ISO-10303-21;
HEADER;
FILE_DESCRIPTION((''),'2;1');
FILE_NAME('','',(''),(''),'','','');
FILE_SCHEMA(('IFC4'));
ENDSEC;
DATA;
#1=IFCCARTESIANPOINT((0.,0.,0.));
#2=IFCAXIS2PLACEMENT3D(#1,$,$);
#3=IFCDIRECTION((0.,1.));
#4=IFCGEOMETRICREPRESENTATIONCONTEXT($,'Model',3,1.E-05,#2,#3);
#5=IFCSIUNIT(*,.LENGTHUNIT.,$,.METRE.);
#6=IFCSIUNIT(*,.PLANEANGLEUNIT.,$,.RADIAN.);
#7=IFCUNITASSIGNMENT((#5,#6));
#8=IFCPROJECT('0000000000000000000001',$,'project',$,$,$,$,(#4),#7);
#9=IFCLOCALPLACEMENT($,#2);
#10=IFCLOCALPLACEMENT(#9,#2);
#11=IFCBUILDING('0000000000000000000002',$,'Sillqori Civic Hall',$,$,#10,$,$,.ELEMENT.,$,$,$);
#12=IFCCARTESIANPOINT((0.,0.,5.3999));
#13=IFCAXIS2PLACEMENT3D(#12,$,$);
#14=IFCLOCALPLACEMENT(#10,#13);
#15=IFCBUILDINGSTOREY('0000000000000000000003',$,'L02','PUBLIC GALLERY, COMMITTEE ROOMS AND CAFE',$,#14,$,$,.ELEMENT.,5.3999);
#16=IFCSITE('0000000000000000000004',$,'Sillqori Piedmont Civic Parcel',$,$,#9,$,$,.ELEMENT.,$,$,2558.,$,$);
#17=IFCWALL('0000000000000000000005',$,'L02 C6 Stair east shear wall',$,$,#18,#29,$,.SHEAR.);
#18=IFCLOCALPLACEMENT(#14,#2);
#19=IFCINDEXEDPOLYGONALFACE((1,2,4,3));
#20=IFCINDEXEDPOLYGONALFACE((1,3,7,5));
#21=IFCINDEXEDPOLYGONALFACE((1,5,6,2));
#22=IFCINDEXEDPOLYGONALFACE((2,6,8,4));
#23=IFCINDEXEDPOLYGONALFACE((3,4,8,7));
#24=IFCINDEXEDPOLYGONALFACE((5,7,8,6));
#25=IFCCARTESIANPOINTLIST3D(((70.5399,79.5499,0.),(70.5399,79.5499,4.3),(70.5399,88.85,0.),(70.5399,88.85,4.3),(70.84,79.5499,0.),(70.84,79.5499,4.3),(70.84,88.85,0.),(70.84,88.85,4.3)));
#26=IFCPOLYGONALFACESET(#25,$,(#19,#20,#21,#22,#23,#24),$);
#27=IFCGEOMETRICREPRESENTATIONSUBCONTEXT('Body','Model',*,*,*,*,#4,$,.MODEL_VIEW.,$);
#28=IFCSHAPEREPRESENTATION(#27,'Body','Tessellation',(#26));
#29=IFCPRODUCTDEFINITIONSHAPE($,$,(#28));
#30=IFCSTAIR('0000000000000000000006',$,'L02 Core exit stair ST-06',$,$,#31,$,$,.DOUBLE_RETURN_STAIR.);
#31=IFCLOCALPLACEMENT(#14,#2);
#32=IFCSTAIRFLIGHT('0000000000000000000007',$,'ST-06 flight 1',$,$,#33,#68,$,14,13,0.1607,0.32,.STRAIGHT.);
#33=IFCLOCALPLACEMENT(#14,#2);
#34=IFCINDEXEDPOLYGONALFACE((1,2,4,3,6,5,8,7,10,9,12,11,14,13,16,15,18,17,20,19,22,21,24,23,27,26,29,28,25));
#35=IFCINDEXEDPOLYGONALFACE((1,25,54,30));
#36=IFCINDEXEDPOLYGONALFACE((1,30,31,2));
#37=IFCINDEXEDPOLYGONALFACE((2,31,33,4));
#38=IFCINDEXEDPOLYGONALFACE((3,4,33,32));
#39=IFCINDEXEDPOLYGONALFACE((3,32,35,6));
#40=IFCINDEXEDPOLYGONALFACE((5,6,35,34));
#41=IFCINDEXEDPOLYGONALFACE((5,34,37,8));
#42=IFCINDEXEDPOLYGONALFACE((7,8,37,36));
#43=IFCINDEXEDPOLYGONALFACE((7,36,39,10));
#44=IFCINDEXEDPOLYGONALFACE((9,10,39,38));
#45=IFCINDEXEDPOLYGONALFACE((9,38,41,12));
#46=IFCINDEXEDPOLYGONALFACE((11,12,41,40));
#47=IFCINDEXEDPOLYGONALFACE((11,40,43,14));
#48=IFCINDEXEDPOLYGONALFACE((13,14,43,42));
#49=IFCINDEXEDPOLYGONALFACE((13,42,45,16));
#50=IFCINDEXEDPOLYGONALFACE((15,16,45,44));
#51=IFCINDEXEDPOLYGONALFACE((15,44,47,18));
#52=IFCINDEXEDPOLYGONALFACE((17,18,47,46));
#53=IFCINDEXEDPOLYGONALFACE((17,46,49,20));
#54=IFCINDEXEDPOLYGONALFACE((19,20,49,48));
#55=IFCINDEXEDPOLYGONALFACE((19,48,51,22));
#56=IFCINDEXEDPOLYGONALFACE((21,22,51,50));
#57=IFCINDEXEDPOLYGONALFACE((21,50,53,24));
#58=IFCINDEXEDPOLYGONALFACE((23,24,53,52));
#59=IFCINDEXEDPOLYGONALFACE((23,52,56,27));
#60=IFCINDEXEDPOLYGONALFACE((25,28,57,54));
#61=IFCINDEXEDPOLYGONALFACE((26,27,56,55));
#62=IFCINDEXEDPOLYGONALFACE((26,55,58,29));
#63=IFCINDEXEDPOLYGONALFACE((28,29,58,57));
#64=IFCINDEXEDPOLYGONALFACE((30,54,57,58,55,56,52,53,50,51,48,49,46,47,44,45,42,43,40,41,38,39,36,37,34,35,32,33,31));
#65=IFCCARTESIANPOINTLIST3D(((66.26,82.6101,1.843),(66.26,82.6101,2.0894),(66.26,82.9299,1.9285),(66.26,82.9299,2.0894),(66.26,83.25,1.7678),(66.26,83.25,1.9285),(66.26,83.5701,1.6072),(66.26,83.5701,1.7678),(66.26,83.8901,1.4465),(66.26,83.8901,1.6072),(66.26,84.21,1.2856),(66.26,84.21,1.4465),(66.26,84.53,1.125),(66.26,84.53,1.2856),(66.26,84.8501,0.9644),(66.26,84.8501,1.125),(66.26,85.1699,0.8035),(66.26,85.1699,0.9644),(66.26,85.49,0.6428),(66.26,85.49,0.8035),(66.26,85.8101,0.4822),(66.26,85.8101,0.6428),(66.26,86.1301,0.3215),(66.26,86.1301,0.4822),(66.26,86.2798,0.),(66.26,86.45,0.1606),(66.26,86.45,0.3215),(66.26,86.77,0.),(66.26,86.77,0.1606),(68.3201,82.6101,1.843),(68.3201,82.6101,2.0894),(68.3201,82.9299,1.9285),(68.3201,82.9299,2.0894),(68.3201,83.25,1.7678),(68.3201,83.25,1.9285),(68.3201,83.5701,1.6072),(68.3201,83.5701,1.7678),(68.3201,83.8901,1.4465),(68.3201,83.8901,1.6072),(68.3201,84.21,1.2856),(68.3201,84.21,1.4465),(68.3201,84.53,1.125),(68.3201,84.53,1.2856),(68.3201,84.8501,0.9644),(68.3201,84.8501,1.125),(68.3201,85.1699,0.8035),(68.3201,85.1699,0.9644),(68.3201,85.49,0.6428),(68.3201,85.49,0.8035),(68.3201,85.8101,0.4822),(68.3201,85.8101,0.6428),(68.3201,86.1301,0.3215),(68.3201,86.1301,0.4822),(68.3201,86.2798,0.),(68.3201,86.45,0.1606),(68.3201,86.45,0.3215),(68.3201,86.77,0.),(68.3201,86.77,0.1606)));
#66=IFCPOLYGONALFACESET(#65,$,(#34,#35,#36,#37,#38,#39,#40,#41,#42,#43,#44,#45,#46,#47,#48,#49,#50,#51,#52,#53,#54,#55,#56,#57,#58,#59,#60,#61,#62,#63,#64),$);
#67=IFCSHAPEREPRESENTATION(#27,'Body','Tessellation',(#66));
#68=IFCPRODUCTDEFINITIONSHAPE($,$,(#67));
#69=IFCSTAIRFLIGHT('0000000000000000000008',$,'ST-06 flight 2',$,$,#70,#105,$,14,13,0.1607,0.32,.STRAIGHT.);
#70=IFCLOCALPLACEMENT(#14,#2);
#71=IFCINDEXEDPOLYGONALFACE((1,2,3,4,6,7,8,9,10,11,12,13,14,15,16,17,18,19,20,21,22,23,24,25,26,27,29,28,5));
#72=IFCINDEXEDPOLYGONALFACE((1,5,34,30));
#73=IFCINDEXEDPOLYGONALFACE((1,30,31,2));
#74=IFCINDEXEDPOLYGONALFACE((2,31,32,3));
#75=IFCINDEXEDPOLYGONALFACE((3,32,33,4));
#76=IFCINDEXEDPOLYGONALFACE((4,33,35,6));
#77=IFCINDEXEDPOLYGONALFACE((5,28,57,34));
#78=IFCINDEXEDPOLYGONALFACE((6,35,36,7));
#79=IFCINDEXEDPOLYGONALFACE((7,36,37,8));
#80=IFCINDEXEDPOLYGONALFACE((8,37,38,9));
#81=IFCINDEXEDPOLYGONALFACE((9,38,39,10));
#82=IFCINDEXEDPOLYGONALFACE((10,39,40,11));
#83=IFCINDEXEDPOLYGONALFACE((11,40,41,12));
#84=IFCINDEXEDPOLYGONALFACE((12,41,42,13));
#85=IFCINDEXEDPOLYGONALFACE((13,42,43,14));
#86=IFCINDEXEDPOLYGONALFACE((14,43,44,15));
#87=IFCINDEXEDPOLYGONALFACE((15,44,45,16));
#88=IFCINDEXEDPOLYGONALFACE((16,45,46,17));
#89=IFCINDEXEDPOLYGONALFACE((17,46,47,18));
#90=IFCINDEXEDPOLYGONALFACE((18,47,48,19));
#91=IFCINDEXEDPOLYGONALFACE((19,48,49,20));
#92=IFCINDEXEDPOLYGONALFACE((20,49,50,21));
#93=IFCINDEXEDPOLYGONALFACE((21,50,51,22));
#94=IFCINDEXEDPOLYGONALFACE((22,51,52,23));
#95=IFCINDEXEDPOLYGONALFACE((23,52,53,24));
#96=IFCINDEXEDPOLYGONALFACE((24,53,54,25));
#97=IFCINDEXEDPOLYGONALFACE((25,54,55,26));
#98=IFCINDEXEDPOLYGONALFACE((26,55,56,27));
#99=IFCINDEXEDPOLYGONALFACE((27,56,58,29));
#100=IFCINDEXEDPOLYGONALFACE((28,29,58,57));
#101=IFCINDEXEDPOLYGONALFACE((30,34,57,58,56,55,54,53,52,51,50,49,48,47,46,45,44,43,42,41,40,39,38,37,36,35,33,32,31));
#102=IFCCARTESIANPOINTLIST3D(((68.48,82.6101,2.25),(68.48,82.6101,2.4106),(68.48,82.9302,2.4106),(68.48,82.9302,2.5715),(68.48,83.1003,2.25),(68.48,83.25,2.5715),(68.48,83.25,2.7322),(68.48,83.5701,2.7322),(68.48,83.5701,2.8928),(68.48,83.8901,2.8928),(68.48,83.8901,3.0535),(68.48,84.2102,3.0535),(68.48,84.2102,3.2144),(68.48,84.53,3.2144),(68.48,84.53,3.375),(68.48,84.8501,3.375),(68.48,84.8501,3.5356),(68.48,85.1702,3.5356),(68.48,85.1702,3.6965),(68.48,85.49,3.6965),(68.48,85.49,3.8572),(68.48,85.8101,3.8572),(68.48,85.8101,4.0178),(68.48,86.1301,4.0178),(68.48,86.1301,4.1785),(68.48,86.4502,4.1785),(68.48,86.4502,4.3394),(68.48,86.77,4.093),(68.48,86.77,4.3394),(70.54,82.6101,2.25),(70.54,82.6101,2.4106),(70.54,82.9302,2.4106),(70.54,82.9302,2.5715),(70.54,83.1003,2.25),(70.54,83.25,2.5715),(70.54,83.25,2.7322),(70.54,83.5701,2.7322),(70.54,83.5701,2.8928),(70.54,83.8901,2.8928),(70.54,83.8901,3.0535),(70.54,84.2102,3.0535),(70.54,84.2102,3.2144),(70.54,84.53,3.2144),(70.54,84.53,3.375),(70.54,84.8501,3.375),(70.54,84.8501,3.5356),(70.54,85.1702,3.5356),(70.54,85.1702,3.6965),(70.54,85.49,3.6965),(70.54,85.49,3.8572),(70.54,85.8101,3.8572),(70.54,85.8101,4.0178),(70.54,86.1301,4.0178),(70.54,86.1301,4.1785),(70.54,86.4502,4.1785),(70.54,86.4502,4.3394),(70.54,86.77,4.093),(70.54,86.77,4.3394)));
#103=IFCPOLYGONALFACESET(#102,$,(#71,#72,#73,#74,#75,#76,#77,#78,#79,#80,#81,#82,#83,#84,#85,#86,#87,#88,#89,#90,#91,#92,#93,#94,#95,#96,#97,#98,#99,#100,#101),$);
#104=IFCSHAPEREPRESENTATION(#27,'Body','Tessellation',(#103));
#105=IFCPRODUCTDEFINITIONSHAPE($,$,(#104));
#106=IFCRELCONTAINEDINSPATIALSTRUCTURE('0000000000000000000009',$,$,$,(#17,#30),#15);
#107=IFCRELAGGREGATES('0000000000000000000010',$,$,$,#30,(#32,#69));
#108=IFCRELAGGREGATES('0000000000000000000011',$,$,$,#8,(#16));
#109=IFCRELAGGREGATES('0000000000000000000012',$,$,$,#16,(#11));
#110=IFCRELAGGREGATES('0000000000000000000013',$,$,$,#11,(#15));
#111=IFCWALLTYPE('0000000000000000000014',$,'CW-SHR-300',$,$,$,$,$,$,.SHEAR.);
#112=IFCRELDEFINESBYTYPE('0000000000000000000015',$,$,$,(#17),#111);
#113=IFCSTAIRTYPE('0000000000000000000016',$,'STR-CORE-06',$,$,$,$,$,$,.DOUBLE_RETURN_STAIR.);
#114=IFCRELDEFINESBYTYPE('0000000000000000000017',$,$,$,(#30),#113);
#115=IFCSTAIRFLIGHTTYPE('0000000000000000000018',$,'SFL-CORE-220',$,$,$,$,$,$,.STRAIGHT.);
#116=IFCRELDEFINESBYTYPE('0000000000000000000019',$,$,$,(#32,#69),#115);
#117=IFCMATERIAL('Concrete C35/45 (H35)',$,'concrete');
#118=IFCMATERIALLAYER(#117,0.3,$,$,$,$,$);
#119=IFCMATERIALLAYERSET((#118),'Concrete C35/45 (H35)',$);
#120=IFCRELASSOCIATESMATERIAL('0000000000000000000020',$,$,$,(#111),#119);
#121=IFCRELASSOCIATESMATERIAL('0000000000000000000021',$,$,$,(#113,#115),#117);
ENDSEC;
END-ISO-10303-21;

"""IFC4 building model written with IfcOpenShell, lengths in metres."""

from ifc_helpers import new_model, si_unit, direction, frame, frame_2d, origin, place, context, subcontext, project, spatial, polyline, rectangle, outline, extrude, material, layer, layer_set, type_object, element, aggregate, save


model = new_model("IFC4")

# Units and contexts
model_context = context("Model", 3, precision=1e-05, world=origin(), true_north=direction((0.0, 1.0)))
body_context = subcontext(model_context, "Body", "Model", "MODEL_VIEW")
ifc_project = project(units=[si_unit("LENGTHUNIT", "METRE"), si_unit("PLANEANGLEUNIT", "RADIAN")], contexts=[model_context])

# Site, building, storey
site_placement = place(None, origin())
site = spatial("IfcSite", under=ifc_project, at=site_placement, Name="Sillqori Piedmont Civic Parcel", CompositionType="ELEMENT", RefElevation=2558.0)
building_placement = place(site_placement, origin())
building = spatial("IfcBuilding", under=site, at=building_placement, Name="Sillqori Civic Hall", CompositionType="ELEMENT")
storey_placement = place(building_placement, frame((0.0, 0.0, 5.3999)))
storey = spatial("IfcBuildingStorey", under=building, at=storey_placement, Name="L02", Description="PUBLIC GALLERY, COMMITTEE ROOMS AND CAFE", CompositionType="ELEMENT", Elevation=5.3999)

# Shared definitions
ifc_material_1 = material(Name="Concrete C35/45 (H35)", Category="concrete")

# Wall
ifc_layer_1 = layer(ifc_material_1, 0.3)
ifc_layer_set_1 = layer_set([ifc_layer_1], Name="Concrete C35/45 (H35)")
wall_type_1 = type_object("IfcWallType", Name="CW-SHR-300", PredefinedType="SHEAR", material=ifc_layer_set_1)
wall_1_placement = place(storey_placement, frame((70.6899, 79.55, 0.0), z_axis=(0.0, 0.0, 1.0), x_axis=(0.0, 1.0, 0.0)))
element("IfcWall", 1, at=wall_1_placement, inside=storey, type_object=wall_type_1, Name="L02 C6 Stair east shear wall", PredefinedType="SHEAR", context=body_context, shape_type="SweptSolid", body=[
    extrude(rectangle(XDim=9.3, YDim=0.3, at=frame_2d((4.6499, 0.0))), origin(), (0.0, 0.0, 1.0), 4.3),
])

# Stair, stair flights
stair_type = type_object("IfcStairType", Name="STR-CORE-06", PredefinedType="DOUBLE_RETURN_STAIR", material=ifc_material_1)
stair_placement = place(storey_placement, origin())
stair = element("IfcStair", 2, at=stair_placement, inside=storey, type_object=stair_type, Name="L02 Core exit stair ST-06", PredefinedType="DOUBLE_RETURN_STAIR")
stair_flight_type = type_object("IfcStairFlightType", Name="SFL-CORE-220", PredefinedType="STRAIGHT", material=ifc_material_1)
stair_flight_1_placement = place(storey_placement, frame((67.29, 86.77, 0.0), z_axis=(0.0, 0.0, 1.0), x_axis=(0.0, -1.0, 0.0)))
stair_flight_1 = element("IfcStairFlight", 3, at=stair_flight_1_placement, type_object=stair_flight_type, Name="ST-06 flight 1", NumberOfRisers=14, NumberOfTreads=13, PredefinedType="STRAIGHT", RiserHeight=0.1607, TreadLength=0.32, context=body_context, shape_type="SweptSolid", body=[
    extrude(outline(polyline([(0.0, 0.0), (0.0, 0.1606), (0.3201, 0.1606), (0.3201, 0.3215), (0.6399, 0.3215), (0.6399, 0.4822), (0.96, 0.4822), (0.96, 0.6428), (1.28, 0.6428), (1.28, 0.8035), (1.6001, 0.8035), (1.6001, 0.9644), (1.9199, 0.9644), (1.9199, 1.125), (2.24, 1.125), (2.24, 1.2856), (2.5601, 1.2856), (2.5601, 1.4465), (2.8799, 1.4465), (2.8799, 1.6072), (3.2, 1.6072), (3.2, 1.7678), (3.52, 1.7678), (3.52, 1.9285), (3.8401, 1.9285), (3.8401, 2.0894), (4.1599, 2.0894), (4.1599, 2.25), (4.1599, 1.843), (0.4902, 0.0), (0.0, 0.0)])), frame((0.0, 1.03, 0.0), z_axis=(0.0, -1.0, 0.0), x_axis=(1.0, 0.0, 0.0)), (0.0, 0.0, 1.0), 2.0601),
])
stair_flight_2_placement = place(storey_placement, frame((69.51, 82.6101, 2.25), z_axis=(0.0, 0.0, 1.0), x_axis=(0.0, 1.0, 0.0)))
stair_flight_2 = element("IfcStairFlight", 4, at=stair_flight_2_placement, type_object=stair_flight_type, Name="ST-06 flight 2", NumberOfRisers=14, NumberOfTreads=13, PredefinedType="STRAIGHT", RiserHeight=0.1607, TreadLength=0.32, context=body_context, shape_type="SweptSolid", body=[
    extrude(outline(polyline([(0.0, 0.0), (0.0, 0.1606), (0.3201, 0.1606), (0.3201, 0.3215), (0.6399, 0.3215), (0.6399, 0.4822), (0.96, 0.4822), (0.96, 0.6428), (1.28, 0.6428), (1.28, 0.8035), (1.6001, 0.8035), (1.6001, 0.9644), (1.9199, 0.9644), (1.9199, 1.125), (2.24, 1.125), (2.24, 1.2856), (2.5601, 1.2856), (2.5601, 1.4465), (2.8799, 1.4465), (2.8799, 1.6072), (3.2, 1.6072), (3.2, 1.7678), (3.52, 1.7678), (3.52, 1.9285), (3.8401, 1.9285), (3.8401, 2.0894), (4.1599, 2.0894), (4.1599, 2.25), (4.1599, 1.843), (0.4902, 0.0), (0.0, 0.0)])), frame((0.0, 1.03, 0.0), z_axis=(0.0, -1.0, 0.0), x_axis=(1.0, 0.0, 0.0)), (0.0, 0.0, 1.0), 2.0601),
])
aggregate(stair, [stair_flight_1, stair_flight_2])

save(model, "model.ifc")
